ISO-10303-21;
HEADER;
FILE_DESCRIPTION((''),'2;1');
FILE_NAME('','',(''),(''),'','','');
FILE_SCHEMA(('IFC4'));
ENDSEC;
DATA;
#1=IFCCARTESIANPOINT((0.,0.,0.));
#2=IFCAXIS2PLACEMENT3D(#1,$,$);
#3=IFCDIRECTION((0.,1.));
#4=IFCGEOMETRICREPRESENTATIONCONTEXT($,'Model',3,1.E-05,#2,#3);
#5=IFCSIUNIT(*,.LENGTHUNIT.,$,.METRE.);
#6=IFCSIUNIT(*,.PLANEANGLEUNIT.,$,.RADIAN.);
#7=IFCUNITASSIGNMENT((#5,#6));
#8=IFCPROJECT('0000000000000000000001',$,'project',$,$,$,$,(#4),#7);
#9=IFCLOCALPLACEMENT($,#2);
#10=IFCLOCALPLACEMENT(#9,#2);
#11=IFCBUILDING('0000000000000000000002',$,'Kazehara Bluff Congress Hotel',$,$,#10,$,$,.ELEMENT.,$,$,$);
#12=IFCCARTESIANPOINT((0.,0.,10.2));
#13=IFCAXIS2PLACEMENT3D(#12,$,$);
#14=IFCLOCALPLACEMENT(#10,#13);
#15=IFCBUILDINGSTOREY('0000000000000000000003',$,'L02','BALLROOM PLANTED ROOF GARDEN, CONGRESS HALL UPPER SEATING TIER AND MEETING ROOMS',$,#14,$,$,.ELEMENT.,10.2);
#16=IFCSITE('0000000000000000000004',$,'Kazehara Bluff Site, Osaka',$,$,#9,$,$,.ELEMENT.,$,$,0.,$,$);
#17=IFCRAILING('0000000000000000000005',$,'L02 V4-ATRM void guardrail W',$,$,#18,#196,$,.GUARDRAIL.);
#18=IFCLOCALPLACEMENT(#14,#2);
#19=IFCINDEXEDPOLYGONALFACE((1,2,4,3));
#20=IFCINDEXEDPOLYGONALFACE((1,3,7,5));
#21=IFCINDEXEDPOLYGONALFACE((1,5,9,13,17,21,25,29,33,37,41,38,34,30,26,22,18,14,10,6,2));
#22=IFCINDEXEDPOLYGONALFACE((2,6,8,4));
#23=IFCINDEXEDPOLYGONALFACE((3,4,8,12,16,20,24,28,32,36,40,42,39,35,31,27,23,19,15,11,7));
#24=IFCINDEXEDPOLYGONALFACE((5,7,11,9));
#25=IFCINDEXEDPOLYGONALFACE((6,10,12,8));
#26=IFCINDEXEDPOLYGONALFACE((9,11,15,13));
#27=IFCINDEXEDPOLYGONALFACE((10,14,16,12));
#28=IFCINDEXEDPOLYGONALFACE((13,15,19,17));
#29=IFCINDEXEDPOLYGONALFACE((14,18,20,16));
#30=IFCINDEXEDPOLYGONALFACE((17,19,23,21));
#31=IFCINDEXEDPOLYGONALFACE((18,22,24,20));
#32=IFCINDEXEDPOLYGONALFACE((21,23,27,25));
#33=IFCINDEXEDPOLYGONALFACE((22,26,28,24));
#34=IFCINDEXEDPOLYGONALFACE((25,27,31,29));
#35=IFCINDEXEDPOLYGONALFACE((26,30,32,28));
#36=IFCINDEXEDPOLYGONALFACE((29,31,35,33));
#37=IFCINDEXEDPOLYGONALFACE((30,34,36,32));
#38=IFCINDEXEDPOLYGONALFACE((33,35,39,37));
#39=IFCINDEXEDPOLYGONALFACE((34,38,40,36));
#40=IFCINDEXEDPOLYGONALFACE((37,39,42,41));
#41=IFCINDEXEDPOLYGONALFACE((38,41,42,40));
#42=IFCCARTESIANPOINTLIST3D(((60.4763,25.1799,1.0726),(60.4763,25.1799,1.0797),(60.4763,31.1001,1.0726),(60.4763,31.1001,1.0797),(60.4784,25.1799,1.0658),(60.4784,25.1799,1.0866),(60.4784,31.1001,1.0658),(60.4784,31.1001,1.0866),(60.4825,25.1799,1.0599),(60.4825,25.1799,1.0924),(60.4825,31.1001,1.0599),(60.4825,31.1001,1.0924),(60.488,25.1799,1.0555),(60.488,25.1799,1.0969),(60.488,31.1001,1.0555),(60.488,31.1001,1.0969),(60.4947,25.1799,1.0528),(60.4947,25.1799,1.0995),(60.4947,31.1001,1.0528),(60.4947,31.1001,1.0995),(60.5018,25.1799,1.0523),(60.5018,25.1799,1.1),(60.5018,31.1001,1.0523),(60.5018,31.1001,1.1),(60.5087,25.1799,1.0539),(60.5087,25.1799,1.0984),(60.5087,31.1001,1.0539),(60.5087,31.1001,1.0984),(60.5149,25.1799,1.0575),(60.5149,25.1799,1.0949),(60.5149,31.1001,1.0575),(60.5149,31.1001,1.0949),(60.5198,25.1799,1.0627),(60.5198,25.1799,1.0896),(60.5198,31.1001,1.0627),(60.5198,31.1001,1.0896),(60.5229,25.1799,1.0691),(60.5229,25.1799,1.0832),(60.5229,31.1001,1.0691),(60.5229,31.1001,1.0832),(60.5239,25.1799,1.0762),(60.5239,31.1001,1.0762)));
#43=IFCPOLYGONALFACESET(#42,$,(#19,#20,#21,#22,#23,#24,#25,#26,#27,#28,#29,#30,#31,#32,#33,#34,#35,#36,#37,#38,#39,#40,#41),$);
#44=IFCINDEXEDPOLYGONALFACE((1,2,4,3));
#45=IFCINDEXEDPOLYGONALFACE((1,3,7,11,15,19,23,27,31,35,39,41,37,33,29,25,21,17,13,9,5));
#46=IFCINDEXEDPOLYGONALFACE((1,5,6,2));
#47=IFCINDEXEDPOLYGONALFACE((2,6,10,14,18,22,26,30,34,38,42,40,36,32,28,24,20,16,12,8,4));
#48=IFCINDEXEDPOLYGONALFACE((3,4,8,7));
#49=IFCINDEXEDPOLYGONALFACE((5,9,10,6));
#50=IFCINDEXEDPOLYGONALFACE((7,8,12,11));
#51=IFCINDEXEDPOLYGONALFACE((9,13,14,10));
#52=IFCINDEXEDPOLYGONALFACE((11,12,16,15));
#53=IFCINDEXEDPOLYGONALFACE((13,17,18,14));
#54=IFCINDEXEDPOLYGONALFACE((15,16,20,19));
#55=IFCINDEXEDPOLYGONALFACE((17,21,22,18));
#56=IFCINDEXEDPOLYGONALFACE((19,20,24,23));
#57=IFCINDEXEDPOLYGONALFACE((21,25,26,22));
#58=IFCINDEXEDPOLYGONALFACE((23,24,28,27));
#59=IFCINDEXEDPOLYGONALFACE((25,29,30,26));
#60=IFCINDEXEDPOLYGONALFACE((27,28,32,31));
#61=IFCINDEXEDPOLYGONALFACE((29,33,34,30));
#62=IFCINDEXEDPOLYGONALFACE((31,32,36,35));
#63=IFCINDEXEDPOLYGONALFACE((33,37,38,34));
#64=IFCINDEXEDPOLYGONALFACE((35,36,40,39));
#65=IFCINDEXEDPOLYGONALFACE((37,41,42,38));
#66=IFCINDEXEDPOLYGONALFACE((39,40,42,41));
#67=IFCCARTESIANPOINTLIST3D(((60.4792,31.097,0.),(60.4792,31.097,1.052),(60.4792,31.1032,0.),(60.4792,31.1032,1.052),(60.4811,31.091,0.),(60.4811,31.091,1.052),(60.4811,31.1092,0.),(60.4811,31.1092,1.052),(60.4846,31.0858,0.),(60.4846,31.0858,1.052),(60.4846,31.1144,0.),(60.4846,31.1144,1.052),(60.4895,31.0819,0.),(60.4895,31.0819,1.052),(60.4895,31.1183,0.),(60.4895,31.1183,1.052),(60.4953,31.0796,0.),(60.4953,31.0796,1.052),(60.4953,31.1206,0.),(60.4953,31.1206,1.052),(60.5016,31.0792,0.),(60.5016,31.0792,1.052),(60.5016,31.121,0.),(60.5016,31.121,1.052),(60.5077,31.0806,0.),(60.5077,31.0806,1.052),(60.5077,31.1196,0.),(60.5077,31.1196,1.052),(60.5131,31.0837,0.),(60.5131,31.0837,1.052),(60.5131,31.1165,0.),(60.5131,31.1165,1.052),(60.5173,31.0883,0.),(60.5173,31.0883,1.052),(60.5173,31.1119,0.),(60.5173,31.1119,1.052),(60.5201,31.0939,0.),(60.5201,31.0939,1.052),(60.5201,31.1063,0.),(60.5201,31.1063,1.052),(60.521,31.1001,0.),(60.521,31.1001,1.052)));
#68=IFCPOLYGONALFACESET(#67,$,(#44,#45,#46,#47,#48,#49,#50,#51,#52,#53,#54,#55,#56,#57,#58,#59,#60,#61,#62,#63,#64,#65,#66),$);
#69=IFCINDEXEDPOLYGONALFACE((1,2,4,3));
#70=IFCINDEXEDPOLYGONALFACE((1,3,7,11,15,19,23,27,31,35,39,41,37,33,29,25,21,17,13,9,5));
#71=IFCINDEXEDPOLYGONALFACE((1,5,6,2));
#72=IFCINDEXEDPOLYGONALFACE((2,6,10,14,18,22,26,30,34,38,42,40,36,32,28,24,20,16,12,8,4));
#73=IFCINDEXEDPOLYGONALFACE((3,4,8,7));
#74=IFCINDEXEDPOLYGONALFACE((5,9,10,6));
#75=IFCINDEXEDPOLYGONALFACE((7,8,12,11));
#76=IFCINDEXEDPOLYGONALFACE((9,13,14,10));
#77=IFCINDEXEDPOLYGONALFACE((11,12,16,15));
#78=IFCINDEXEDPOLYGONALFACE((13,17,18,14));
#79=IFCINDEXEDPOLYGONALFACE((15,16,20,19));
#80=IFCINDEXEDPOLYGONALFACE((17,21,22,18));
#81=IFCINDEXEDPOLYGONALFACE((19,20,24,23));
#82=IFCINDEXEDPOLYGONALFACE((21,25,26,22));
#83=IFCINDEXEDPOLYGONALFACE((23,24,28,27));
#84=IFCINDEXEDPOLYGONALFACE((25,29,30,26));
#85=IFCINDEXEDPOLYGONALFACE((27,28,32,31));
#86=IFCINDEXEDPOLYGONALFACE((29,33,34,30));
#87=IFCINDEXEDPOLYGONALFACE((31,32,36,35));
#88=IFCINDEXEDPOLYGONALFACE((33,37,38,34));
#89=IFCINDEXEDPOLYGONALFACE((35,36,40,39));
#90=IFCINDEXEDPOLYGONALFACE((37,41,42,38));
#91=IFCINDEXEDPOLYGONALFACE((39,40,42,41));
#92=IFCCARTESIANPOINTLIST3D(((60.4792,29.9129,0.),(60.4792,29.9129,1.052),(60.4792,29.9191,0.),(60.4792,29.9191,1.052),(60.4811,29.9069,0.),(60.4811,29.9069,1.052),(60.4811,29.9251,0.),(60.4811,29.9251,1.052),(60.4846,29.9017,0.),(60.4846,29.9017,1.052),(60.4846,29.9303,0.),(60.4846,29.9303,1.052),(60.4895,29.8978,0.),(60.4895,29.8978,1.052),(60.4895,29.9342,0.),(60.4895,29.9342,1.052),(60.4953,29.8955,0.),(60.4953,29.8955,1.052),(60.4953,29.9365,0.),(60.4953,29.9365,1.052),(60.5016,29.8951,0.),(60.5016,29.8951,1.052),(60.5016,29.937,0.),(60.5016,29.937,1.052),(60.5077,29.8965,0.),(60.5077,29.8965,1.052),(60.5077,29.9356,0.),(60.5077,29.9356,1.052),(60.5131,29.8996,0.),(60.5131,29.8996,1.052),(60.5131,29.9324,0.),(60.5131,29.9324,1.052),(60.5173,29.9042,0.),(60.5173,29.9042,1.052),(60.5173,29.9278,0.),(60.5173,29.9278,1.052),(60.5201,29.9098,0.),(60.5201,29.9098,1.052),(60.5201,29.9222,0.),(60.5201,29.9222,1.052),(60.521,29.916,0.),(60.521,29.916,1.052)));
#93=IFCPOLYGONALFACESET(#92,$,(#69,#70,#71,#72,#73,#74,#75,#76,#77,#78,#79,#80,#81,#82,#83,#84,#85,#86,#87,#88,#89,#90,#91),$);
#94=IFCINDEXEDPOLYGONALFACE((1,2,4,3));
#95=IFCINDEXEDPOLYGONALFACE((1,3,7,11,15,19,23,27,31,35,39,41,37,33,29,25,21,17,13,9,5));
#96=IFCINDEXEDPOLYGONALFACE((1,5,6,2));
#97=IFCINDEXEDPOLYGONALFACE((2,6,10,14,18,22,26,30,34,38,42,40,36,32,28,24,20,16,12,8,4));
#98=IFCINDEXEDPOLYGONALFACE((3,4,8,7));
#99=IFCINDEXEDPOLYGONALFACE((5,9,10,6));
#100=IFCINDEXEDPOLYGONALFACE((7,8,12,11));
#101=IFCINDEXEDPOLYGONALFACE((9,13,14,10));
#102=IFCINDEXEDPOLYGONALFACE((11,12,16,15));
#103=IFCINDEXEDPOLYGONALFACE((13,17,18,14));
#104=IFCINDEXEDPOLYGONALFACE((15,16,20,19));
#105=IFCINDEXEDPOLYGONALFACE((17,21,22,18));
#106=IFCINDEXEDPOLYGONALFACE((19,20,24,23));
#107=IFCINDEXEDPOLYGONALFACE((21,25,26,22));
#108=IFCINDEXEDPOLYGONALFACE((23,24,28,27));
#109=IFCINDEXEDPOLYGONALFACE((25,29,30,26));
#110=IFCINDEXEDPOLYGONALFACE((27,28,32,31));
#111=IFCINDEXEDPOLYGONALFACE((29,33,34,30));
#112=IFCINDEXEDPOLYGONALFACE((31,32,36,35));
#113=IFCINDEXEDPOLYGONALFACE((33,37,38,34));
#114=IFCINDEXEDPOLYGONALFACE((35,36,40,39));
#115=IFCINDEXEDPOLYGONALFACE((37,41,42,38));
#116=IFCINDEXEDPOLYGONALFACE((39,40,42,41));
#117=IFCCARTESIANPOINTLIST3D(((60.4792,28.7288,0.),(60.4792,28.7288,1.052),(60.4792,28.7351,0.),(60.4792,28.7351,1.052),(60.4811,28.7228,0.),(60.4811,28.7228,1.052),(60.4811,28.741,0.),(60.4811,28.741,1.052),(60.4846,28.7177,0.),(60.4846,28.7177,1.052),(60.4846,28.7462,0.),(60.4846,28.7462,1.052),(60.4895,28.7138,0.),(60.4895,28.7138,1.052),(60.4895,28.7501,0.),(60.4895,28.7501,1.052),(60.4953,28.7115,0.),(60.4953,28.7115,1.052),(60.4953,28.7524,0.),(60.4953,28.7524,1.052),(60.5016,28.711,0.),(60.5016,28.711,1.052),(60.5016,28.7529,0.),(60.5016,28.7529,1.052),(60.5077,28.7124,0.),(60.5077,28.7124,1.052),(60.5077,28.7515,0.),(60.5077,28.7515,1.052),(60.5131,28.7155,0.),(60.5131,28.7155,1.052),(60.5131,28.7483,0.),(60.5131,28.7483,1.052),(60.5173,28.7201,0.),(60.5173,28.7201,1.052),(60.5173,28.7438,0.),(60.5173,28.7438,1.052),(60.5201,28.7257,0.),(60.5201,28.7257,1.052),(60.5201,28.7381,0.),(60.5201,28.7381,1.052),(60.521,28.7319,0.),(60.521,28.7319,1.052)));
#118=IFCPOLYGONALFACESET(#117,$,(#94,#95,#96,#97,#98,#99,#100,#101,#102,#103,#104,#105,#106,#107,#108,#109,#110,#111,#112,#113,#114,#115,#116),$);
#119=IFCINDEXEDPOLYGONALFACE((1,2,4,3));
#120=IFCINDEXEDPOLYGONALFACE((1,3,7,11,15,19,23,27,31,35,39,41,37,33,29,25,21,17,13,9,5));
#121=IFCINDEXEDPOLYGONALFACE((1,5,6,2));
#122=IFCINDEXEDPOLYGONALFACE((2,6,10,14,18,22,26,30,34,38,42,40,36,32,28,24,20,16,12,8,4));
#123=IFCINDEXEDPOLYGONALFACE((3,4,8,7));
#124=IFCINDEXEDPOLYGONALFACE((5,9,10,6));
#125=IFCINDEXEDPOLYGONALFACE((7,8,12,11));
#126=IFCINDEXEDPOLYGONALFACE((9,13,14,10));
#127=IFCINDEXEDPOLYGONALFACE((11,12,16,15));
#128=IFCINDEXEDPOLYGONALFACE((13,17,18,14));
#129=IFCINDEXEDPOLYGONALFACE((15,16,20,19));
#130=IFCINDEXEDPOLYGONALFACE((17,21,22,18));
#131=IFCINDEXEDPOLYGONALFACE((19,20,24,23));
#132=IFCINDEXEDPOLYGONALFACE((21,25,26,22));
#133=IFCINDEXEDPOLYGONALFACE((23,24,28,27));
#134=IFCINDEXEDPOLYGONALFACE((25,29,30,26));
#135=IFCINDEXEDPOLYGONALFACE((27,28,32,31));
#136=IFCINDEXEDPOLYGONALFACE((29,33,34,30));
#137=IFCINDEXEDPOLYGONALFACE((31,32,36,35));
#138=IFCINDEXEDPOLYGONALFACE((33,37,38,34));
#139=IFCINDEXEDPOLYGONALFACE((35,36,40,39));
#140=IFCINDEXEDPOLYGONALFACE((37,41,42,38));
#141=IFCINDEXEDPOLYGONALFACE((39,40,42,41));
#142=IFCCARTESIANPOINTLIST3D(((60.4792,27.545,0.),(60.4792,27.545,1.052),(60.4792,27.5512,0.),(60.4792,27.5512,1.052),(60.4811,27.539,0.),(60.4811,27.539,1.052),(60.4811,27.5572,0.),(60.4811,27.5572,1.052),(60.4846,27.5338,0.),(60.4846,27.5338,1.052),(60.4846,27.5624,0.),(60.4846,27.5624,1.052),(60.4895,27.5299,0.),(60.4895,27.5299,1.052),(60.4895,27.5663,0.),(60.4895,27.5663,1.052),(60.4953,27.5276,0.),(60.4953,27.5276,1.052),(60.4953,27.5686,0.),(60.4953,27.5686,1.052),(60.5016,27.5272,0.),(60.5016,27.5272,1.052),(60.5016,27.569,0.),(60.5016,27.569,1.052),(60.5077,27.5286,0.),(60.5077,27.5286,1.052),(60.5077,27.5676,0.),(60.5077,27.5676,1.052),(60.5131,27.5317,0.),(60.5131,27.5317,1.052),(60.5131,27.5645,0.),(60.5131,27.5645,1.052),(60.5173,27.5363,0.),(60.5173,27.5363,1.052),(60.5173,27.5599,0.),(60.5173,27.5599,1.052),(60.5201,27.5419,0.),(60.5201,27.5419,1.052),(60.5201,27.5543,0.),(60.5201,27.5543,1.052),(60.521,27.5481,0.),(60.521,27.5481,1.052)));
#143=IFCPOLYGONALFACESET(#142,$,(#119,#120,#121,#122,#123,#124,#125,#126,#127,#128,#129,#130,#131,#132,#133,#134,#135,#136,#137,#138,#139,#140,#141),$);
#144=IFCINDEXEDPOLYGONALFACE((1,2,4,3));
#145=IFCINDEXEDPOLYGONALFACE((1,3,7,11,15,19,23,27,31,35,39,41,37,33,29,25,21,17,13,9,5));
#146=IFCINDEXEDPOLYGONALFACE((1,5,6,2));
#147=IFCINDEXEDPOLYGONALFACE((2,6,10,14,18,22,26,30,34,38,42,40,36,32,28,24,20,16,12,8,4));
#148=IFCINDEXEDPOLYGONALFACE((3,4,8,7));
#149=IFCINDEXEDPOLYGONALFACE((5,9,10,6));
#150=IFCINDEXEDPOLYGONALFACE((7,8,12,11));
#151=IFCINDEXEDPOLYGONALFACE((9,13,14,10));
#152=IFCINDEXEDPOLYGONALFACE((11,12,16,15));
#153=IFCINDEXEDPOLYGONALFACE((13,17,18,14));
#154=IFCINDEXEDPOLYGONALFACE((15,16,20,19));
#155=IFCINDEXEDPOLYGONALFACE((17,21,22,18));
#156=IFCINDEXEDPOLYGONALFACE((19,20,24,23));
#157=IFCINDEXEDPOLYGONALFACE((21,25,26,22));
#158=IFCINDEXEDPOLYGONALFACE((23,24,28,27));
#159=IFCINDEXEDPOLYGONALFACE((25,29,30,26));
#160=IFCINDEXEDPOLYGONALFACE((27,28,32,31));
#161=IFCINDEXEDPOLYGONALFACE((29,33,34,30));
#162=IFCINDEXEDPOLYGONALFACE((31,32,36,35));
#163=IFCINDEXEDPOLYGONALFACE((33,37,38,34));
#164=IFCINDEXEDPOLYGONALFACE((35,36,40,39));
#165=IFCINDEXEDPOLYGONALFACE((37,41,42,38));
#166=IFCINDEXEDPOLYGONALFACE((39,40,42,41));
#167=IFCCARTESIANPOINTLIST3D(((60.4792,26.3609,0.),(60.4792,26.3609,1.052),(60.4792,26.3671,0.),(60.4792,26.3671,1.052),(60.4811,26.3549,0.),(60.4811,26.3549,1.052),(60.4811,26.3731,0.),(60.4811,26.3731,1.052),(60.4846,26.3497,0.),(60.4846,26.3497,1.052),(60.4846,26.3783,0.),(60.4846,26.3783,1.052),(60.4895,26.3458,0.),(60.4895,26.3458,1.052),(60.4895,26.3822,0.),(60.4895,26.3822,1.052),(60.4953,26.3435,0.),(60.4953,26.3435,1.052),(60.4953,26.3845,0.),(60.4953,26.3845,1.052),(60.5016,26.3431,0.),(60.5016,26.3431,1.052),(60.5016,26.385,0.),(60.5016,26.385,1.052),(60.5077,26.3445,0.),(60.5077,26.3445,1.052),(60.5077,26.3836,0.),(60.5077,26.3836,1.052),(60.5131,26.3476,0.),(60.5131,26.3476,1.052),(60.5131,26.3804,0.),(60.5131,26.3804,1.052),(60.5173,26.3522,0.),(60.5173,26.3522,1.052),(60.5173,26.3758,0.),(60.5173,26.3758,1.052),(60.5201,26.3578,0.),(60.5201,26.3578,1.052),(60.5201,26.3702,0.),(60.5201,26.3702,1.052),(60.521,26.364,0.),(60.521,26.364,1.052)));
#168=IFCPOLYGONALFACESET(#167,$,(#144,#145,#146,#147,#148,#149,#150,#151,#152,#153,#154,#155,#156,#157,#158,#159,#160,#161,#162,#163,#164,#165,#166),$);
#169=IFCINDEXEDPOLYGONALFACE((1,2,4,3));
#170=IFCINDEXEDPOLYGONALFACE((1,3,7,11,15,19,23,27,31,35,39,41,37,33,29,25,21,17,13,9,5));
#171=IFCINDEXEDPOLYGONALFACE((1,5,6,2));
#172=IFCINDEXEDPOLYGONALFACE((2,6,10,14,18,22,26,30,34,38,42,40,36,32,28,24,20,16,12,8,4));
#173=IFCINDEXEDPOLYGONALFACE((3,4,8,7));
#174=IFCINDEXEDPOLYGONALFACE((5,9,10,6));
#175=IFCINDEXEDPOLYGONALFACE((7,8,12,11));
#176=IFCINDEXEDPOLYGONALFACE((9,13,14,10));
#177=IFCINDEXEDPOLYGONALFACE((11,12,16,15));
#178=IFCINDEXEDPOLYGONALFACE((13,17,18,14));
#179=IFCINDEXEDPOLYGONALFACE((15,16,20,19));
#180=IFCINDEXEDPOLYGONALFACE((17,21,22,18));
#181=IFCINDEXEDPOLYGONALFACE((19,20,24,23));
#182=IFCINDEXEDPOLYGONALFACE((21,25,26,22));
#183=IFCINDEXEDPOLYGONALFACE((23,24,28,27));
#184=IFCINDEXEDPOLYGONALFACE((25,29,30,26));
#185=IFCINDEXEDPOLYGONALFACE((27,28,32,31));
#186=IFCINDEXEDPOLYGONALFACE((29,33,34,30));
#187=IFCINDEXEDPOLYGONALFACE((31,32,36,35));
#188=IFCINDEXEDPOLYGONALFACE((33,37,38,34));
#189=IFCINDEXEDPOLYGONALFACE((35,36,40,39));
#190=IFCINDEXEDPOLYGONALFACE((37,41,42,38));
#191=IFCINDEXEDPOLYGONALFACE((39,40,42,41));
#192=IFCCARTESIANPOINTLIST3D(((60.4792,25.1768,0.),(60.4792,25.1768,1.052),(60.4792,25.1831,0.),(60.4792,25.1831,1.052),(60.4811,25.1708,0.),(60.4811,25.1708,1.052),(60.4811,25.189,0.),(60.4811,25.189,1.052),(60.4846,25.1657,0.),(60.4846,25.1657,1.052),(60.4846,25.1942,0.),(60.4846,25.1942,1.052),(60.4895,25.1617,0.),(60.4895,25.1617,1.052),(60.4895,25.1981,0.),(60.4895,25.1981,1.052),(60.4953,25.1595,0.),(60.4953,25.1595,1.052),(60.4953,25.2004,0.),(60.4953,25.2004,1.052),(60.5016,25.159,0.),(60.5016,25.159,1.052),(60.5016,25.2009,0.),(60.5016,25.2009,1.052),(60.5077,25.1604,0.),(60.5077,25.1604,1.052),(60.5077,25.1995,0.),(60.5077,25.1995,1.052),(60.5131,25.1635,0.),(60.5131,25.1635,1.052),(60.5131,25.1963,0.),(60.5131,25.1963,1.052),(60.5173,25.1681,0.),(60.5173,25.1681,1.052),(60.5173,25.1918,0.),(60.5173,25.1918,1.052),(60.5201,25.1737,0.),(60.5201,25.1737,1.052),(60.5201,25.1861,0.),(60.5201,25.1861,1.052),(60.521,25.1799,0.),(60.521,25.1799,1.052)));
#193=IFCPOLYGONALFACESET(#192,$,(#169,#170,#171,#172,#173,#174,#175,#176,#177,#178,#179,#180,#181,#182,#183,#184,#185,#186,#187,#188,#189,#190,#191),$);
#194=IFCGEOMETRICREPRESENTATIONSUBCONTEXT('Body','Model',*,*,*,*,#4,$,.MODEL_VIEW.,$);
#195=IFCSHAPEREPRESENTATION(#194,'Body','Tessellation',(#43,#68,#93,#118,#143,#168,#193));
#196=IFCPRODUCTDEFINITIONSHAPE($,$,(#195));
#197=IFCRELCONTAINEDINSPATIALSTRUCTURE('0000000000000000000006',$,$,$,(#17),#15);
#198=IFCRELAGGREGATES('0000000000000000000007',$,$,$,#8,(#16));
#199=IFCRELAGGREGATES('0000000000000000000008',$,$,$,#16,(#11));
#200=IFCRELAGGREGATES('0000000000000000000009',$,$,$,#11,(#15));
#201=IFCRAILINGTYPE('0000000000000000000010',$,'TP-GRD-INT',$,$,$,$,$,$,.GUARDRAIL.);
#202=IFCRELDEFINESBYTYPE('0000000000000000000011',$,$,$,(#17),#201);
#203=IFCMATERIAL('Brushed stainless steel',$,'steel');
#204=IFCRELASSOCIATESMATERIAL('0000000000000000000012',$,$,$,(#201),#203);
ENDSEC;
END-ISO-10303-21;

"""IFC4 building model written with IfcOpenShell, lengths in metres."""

from ifc_helpers import new_model, si_unit, direction, frame, origin, origin_2d, place, context, subcontext, project, spatial, circle, extrude, material, type_object, element, save


model = new_model("IFC4")

# Units and contexts
model_context = context("Model", 3, precision=1e-05, world=origin(), true_north=direction((0.0, 1.0)))
body_context = subcontext(model_context, "Body", "Model", "MODEL_VIEW")
ifc_project = project(units=[si_unit("LENGTHUNIT", "METRE"), si_unit("PLANEANGLEUNIT", "RADIAN")], contexts=[model_context])

# Site, building, storey
site_placement = place(None, origin())
site = spatial("IfcSite", under=ifc_project, at=site_placement, Name="Kazehara Bluff Site, Osaka", CompositionType="ELEMENT", RefElevation=0.0)
building_placement = place(site_placement, origin())
building = spatial("IfcBuilding", under=site, at=building_placement, Name="Kazehara Bluff Congress Hotel", CompositionType="ELEMENT")
storey_placement = place(building_placement, frame((0.0, 0.0, 10.2)))
storey = spatial("IfcBuildingStorey", under=building, at=storey_placement, Name="L02", Description="BALLROOM PLANTED ROOF GARDEN, CONGRESS HALL UPPER SEATING TIER AND MEETING ROOMS", CompositionType="ELEMENT", Elevation=10.2)

# Railing
ifc_material_1 = material(Name="Brushed stainless steel", Category="steel")
railing_type = type_object("IfcRailingType", Name="TP-GRD-INT", PredefinedType="GUARDRAIL", material=ifc_material_1)
railing_1_placement = place(storey_placement, frame((60.5, 31.1001, 0.0)))
element("IfcRailing", 1, at=railing_1_placement, inside=storey, type_object=railing_type, Name="L02 V4-ATRM void guardrail W", PredefinedType="GUARDRAIL", context=body_context, shape_type="SweptSolid", body=[
    extrude(circle(Radius=0.0239, at=origin_2d()), frame((0.0, 0.0, 1.0762), z_axis=(0.0, -1.0, 0.0), x_axis=(1.0, 0.0, 0.0)), (0.0, 0.0, 1.0), 5.9202),
    extrude(circle(Radius=0.021, at=origin_2d()), origin(), (0.0, 0.0, 1.0), 1.052),
    extrude(circle(Radius=0.021, at=origin_2d()), frame((0.0, -1.1841, 0.0)), (0.0, 0.0, 1.0), 1.052),
    extrude(circle(Radius=0.021, at=origin_2d()), frame((0.0, -2.3682, 0.0)), (0.0, 0.0, 1.0), 1.052),
    extrude(circle(Radius=0.021, at=origin_2d()), frame((0.0, -3.552, 0.0)), (0.0, 0.0, 1.0), 1.052),
    extrude(circle(Radius=0.021, at=origin_2d()), frame((0.0, -4.7361, 0.0)), (0.0, 0.0, 1.0), 1.052),
    extrude(circle(Radius=0.021, at=origin_2d()), frame((0.0, -5.9202, 0.0)), (0.0, 0.0, 1.0), 1.052),
])

save(model, "model.ifc")
